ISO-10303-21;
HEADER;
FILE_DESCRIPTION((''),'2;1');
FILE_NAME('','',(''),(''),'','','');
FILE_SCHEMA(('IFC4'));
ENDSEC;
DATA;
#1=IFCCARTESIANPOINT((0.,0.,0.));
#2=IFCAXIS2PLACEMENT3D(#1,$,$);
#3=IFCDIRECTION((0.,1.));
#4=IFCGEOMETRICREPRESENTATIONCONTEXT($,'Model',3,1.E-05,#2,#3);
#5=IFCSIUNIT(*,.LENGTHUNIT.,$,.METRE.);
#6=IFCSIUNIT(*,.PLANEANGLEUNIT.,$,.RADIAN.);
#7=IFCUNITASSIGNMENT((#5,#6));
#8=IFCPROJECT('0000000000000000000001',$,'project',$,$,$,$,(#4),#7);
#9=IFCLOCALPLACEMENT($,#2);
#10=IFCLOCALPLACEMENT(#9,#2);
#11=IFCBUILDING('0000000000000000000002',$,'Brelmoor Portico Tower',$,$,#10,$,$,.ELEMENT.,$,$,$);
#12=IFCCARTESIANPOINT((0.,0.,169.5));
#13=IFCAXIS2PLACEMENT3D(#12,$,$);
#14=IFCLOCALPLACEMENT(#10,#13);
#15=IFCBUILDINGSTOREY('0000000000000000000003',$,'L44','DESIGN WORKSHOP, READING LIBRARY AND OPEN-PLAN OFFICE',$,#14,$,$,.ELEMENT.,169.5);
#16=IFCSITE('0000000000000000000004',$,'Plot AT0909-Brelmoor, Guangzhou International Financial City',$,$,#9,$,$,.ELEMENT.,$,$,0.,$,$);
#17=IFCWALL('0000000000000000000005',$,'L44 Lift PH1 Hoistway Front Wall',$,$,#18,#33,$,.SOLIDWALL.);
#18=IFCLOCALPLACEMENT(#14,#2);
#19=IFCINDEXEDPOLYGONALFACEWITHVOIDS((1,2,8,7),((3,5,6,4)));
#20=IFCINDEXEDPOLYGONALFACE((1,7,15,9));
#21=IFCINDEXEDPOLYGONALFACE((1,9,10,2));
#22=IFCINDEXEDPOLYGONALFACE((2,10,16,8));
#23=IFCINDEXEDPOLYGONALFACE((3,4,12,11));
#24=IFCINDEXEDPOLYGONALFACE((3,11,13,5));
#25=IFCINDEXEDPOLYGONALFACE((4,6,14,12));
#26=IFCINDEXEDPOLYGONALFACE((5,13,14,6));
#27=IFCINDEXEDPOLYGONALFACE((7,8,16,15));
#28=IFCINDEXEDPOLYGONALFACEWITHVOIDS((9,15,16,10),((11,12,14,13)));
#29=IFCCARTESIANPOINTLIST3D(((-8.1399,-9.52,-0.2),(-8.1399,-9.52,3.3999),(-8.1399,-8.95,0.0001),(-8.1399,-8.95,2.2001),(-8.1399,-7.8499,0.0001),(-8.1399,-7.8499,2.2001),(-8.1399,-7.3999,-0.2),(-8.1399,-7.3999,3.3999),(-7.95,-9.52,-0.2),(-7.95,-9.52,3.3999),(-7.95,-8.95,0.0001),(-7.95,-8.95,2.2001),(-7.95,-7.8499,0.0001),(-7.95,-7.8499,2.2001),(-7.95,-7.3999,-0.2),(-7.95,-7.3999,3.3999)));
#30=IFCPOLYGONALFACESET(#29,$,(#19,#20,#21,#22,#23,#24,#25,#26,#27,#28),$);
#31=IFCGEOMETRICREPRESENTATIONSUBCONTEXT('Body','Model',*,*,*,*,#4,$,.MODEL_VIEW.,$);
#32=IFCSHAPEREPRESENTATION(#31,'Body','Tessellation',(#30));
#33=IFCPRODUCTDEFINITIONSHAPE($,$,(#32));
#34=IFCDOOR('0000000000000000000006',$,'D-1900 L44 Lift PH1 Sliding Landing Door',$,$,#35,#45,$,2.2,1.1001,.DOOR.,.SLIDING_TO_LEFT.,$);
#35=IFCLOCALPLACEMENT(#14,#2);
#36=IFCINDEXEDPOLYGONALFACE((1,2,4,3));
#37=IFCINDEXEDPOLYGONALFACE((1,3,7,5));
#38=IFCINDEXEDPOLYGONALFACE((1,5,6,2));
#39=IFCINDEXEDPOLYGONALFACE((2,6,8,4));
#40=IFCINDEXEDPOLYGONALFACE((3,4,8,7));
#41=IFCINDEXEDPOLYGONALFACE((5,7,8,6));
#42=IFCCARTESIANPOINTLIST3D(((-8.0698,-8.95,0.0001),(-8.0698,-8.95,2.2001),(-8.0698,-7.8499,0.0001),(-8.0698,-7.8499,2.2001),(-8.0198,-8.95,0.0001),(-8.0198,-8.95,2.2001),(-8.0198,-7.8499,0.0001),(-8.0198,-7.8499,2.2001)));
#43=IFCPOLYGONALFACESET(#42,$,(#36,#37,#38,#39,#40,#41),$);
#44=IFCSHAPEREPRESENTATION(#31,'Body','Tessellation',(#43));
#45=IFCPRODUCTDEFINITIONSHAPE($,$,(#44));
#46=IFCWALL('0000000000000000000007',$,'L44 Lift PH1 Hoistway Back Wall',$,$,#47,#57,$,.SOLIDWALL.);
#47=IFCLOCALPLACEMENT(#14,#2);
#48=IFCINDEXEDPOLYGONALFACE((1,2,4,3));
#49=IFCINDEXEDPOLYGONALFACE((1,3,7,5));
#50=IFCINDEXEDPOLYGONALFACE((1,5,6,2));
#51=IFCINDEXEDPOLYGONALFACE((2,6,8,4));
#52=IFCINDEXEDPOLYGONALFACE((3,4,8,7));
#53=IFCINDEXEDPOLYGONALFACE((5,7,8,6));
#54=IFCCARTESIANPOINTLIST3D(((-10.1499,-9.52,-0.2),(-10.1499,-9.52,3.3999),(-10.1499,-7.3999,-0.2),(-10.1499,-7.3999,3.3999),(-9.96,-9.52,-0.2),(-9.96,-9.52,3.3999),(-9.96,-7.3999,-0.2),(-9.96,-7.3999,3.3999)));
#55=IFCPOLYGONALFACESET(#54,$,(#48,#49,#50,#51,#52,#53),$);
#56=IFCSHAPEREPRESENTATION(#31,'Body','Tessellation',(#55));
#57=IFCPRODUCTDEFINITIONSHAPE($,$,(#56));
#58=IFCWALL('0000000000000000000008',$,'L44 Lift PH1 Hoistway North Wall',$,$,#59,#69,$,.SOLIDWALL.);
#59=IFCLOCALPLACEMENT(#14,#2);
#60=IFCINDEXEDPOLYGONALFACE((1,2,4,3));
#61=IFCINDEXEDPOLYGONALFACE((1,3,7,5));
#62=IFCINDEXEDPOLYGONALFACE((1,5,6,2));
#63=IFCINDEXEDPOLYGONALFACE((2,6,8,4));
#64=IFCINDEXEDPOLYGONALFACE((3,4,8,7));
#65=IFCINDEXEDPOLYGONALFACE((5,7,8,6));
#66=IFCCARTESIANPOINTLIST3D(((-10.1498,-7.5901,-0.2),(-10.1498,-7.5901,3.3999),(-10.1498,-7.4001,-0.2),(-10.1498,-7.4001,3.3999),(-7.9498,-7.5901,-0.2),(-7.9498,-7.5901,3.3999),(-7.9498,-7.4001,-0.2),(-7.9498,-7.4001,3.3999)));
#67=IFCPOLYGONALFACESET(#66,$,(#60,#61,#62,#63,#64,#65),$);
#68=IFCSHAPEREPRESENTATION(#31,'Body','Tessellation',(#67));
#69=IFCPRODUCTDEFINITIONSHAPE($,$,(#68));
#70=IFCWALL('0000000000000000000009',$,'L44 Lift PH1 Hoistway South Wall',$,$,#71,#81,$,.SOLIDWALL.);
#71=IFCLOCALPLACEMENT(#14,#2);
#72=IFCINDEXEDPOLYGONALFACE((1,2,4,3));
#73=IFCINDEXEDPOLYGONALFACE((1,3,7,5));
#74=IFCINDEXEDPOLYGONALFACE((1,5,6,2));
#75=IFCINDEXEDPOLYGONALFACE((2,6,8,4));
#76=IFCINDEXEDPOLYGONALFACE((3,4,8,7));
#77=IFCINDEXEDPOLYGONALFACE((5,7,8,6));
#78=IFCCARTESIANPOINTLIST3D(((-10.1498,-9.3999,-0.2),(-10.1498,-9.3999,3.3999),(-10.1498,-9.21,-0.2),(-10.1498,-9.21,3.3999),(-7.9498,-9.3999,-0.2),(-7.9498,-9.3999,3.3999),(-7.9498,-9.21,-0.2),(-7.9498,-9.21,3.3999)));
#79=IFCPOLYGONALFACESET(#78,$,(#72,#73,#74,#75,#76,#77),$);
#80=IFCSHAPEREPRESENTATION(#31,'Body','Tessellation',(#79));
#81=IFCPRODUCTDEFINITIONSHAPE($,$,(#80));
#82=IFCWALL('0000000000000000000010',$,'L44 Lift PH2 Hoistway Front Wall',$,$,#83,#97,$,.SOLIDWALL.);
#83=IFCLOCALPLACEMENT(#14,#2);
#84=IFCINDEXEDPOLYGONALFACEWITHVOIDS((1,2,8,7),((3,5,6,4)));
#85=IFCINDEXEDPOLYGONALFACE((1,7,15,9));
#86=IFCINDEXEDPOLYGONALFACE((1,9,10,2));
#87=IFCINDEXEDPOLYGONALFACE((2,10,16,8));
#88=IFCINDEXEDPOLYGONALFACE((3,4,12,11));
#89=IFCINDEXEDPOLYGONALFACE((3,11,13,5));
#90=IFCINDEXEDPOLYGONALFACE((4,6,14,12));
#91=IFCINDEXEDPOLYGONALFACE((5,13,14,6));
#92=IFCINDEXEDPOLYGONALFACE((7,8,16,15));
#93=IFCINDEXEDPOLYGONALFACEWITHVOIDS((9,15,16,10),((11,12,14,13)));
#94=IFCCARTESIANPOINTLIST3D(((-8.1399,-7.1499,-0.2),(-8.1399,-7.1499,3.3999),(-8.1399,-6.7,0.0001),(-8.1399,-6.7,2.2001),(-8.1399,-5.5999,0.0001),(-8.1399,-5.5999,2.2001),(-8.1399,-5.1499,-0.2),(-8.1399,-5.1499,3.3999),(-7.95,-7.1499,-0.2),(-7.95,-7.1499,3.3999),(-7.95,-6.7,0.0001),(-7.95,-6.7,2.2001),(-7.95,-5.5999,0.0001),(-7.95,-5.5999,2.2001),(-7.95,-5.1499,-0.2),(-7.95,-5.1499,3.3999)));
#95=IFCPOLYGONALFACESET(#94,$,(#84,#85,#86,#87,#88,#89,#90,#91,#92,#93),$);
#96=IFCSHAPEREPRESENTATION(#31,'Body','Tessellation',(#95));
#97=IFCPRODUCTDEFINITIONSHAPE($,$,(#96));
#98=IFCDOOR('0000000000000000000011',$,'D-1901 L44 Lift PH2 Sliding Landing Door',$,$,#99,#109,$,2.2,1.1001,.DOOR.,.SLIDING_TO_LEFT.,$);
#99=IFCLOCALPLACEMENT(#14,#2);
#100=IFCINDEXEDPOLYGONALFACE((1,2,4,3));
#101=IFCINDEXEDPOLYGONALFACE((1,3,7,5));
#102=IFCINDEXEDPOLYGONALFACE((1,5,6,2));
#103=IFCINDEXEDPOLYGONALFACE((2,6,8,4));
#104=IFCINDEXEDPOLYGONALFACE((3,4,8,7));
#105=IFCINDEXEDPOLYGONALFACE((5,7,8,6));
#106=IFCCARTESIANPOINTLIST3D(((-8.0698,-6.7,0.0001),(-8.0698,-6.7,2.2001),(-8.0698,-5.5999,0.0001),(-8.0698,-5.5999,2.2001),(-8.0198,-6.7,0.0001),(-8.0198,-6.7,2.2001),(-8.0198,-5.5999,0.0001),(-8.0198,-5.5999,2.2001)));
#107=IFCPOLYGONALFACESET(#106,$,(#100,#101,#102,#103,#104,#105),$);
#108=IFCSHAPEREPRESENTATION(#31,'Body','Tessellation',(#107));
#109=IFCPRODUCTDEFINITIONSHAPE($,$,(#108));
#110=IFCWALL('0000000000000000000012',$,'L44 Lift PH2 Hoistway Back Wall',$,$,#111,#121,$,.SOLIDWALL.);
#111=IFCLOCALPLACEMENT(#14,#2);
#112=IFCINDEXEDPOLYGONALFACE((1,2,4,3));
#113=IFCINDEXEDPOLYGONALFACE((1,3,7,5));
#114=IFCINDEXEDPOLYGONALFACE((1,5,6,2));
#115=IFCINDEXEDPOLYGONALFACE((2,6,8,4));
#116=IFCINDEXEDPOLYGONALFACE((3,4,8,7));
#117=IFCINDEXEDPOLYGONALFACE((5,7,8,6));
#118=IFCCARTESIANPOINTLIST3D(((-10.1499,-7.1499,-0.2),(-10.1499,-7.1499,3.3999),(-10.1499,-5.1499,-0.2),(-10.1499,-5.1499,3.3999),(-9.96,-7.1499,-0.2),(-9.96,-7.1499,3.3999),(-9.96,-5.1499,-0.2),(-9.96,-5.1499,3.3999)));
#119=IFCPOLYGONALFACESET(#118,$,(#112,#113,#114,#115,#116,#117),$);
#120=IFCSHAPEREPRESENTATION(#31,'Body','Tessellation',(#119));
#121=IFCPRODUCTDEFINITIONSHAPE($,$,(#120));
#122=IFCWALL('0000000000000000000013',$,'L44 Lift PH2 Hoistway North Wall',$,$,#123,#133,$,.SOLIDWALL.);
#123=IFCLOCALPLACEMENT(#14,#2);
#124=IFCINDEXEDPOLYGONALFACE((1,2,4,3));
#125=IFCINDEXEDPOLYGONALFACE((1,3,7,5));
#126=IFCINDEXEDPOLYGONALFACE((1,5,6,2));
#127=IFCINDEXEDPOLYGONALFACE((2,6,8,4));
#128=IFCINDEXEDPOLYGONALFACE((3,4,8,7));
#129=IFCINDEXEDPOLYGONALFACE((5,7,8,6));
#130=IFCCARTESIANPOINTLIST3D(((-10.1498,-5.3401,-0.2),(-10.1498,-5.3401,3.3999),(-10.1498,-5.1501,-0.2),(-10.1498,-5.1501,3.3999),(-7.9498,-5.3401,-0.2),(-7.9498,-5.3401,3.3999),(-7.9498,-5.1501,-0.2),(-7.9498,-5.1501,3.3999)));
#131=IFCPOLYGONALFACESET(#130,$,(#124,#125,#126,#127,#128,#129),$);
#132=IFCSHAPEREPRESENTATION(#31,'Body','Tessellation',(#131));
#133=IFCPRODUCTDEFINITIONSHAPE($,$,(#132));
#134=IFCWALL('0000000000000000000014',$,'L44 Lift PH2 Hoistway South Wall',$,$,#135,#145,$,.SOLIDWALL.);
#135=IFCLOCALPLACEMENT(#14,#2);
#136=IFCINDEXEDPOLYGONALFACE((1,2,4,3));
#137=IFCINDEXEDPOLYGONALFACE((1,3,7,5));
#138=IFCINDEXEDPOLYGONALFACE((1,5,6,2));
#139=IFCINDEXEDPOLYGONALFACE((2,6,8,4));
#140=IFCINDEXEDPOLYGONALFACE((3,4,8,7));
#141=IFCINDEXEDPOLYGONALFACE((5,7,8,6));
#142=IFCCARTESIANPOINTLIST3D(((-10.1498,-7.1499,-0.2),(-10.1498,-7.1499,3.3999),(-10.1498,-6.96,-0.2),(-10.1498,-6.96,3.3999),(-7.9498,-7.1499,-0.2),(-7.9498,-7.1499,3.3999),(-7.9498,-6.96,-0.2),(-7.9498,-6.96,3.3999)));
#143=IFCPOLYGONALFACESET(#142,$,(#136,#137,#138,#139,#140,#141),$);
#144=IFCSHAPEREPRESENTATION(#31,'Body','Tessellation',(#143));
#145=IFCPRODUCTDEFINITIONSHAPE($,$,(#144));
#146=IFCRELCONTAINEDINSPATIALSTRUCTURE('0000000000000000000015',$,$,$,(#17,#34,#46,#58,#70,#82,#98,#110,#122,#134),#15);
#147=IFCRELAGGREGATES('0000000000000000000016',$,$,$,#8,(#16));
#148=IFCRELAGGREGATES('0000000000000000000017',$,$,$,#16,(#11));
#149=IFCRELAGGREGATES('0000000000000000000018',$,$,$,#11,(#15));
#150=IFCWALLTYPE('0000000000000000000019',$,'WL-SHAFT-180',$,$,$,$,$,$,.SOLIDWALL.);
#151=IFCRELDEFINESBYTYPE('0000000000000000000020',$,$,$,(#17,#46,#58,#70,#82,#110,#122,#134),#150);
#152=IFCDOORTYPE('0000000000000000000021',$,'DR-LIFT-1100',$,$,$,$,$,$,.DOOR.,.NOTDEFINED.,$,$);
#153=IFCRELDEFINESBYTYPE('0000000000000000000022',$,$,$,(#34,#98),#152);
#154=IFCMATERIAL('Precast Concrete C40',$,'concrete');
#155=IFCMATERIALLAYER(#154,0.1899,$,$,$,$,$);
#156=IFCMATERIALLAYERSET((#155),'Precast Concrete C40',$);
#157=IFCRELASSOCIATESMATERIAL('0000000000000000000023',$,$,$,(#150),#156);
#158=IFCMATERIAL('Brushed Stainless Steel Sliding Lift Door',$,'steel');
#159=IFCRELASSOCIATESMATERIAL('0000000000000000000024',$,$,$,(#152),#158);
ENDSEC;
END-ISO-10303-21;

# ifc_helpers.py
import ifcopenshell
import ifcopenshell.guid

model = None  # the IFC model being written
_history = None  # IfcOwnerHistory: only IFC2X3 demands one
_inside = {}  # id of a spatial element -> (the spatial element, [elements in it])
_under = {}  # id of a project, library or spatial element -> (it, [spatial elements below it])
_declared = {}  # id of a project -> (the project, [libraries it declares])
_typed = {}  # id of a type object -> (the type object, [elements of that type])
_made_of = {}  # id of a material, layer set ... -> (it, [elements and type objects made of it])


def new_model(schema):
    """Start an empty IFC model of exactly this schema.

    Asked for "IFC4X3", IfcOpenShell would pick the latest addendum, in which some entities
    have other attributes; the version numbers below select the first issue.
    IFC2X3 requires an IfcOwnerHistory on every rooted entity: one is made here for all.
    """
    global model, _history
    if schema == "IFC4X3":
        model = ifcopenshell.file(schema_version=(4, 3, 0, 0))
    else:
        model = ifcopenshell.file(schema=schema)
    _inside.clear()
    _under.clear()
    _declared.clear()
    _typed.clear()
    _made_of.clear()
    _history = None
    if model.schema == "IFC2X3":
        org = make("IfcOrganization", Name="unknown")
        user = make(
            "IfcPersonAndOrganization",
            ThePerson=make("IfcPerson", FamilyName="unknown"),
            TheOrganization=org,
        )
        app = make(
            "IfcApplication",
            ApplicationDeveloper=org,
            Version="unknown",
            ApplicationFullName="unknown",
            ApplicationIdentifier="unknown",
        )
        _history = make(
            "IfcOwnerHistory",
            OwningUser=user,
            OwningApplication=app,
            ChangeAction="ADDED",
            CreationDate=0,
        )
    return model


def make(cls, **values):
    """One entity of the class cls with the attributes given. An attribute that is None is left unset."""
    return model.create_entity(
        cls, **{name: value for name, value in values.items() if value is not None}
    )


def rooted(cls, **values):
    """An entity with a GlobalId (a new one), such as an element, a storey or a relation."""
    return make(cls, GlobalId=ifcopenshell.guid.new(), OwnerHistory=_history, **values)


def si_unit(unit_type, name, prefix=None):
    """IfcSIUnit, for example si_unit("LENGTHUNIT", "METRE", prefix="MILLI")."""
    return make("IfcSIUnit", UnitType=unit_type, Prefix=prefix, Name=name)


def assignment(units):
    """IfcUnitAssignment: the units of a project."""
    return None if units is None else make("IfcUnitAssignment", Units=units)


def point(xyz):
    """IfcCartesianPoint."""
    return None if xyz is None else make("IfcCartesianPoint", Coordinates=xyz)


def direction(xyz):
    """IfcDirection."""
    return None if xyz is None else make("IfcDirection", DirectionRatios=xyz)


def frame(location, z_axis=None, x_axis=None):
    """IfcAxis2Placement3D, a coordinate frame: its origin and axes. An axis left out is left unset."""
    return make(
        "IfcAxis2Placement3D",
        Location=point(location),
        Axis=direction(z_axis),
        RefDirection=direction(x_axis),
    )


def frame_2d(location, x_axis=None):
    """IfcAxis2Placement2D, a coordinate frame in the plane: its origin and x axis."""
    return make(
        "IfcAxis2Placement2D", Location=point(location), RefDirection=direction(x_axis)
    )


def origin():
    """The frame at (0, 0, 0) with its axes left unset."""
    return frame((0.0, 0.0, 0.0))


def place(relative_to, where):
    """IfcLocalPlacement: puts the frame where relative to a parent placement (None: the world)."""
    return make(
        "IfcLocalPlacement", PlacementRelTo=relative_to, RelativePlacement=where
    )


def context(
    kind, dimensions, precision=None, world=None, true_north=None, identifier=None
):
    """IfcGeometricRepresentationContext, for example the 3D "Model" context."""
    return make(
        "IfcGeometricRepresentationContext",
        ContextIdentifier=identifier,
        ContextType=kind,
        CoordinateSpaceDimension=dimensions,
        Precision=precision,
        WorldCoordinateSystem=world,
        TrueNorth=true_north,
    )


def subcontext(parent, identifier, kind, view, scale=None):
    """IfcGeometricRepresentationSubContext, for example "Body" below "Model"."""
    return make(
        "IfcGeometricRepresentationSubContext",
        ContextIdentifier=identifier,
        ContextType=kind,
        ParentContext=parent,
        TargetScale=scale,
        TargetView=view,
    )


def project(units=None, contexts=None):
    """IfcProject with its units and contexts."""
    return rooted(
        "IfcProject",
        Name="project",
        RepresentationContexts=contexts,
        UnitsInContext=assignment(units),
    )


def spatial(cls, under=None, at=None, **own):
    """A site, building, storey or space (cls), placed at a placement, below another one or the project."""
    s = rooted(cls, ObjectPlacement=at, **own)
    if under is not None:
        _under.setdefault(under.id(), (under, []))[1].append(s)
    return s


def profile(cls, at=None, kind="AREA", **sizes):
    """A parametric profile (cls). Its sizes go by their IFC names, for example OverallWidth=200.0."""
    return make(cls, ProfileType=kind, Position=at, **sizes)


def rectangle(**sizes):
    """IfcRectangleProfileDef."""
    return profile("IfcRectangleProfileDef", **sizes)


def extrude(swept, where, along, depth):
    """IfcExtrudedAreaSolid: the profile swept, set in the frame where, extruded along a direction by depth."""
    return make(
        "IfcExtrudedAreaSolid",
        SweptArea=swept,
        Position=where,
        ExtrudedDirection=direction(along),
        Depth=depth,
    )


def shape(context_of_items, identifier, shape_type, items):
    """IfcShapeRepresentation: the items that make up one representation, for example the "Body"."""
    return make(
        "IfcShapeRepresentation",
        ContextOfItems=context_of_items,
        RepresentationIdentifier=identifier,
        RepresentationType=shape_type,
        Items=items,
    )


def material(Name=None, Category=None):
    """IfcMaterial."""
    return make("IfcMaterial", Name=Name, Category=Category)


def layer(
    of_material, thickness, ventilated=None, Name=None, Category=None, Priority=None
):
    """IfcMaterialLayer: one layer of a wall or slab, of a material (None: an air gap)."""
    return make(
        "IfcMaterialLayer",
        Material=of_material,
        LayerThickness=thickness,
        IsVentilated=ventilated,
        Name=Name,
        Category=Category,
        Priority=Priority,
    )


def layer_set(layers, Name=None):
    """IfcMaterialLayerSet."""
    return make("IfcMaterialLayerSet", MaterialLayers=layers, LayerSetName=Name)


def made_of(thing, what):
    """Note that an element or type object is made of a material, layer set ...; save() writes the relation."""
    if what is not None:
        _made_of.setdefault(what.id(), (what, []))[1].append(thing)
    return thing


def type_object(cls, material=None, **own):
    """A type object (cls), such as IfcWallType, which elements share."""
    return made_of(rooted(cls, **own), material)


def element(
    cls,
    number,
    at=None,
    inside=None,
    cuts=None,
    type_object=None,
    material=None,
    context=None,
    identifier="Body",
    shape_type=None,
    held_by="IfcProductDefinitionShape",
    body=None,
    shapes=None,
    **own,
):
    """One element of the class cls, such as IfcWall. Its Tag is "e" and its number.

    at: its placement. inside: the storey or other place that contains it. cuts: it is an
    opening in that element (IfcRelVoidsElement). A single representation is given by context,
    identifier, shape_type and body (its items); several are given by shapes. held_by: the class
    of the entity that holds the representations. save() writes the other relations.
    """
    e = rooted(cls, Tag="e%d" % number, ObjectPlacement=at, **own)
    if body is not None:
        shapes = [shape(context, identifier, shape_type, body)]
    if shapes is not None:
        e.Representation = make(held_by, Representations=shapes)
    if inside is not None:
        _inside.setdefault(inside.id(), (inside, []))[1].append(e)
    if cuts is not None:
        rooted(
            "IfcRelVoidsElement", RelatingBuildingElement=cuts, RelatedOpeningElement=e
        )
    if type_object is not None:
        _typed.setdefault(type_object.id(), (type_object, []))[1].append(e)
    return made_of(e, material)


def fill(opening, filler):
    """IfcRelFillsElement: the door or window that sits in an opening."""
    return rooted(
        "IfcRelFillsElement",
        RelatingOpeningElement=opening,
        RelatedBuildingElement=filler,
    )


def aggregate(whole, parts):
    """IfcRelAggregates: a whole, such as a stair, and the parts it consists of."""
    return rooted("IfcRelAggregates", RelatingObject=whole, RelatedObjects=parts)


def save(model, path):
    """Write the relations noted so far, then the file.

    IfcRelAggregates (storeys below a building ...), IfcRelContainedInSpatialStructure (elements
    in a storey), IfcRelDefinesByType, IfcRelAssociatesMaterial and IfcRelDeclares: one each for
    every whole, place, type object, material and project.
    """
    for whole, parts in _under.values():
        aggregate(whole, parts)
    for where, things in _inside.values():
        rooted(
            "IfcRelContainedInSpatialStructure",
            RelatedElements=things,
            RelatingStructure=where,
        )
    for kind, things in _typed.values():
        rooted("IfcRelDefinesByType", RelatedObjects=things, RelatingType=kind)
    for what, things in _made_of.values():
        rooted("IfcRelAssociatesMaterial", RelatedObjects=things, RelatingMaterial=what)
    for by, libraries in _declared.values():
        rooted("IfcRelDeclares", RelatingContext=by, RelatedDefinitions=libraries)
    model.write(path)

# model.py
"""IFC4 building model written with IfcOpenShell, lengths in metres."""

from ifc_helpers import new_model, si_unit, direction, frame, frame_2d, origin, place, context, subcontext, project, spatial, rectangle, extrude, material, layer, layer_set, type_object, element, fill, save


model = new_model("IFC4")

# Units and contexts
model_context = context("Model", 3, precision=1e-05, world=origin(), true_north=direction((0.0, 1.0)))
body_context = subcontext(model_context, "Body", "Model", "MODEL_VIEW")
ifc_project = project(units=[si_unit("LENGTHUNIT", "METRE"), si_unit("PLANEANGLEUNIT", "RADIAN")], contexts=[model_context])

# Site, building, storey
site_placement = place(None, origin())
site = spatial("IfcSite", under=ifc_project, at=site_placement, Name="Plot AT0909-Brelmoor, Guangzhou International Financial City", CompositionType="ELEMENT", RefElevation=0.0)
building_placement = place(site_placement, origin())
building = spatial("IfcBuilding", under=site, at=building_placement, Name="Brelmoor Portico Tower", CompositionType="ELEMENT")
storey_placement = place(building_placement, frame((0.0, 0.0, 169.5)))
storey = spatial("IfcBuildingStorey", under=building, at=storey_placement, Name="L44", Description="DESIGN WORKSHOP, READING LIBRARY AND OPEN-PLAN OFFICE", CompositionType="ELEMENT", Elevation=169.5)

# Wall, opening, door
ifc_material_1 = material(Name="Precast Concrete C40", Category="concrete")
ifc_layer_1 = layer(ifc_material_1, 0.1899)
ifc_layer_set_1 = layer_set([ifc_layer_1], Name="Precast Concrete C40")
wall_type_1 = type_object("IfcWallType", Name="WL-SHAFT-180", PredefinedType="SOLIDWALL", material=ifc_layer_set_1)
wall_1_placement = place(storey_placement, frame((-8.0449, -9.52, -0.2), z_axis=(0.0, 0.0, 1.0), x_axis=(0.0, 1.0, 0.0)))
wall_1 = element("IfcWall", 1, at=wall_1_placement, inside=storey, type_object=wall_type_1, Name="L44 Lift PH1 Hoistway Front Wall", PredefinedType="SOLIDWALL", context=body_context, shape_type="SweptSolid", body=[
    extrude(rectangle(XDim=2.1201, YDim=0.1899, at=frame_2d((1.0601, 0.0))), origin(), (0.0, 0.0, 1.0), 3.5999),
])
opening_1_placement = place(wall_1_placement, frame((0.5701, 0.0, 0.2)))
opening_1 = element("IfcOpeningElement", 2, at=opening_1_placement, cuts=wall_1, PredefinedType="OPENING", context=body_context, shape_type="SweptSolid", body=[
    extrude(rectangle(XDim=1.1001, YDim=2.2, at=frame_2d((0.55, 1.1001))), frame((0.0, 0.105, 0.0), z_axis=(0.0, -1.0, 0.0), x_axis=(1.0, 0.0, 0.0)), (0.0, 0.0, 1.0), 0.21),
])
ifc_material_2 = material(Name="Brushed Stainless Steel Sliding Lift Door", Category="steel")
door_type_1 = type_object("IfcDoorType", Name="DR-LIFT-1100", OperationType="NOTDEFINED", PredefinedType="DOOR", material=ifc_material_2)
door_1_placement = place(opening_1_placement, origin())
door_1 = element("IfcDoor", 3, at=door_1_placement, inside=storey, type_object=door_type_1, Name="D-1900 L44 Lift PH1 Sliding Landing Door", OperationType="SLIDING_TO_LEFT", OverallHeight=2.2, OverallWidth=1.1001, PredefinedType="DOOR", context=body_context, shape_type="SweptSolid", body=[
    extrude(rectangle(XDim=1.1001, YDim=2.2, at=frame_2d((0.55, 1.1001))), frame((0.0, 0.0249, 0.0), z_axis=(0.0, -1.0, 0.0), x_axis=(1.0, 0.0, 0.0)), (0.0, 0.0, 1.0), 0.05),
])
fill(opening_1, door_1)

# Walls
wall_2_placement = place(storey_placement, frame((-10.0549, -9.52, -0.2), z_axis=(0.0, 0.0, 1.0), x_axis=(0.0, 1.0, 0.0)))
element("IfcWall", 4, at=wall_2_placement, inside=storey, type_object=wall_type_1, Name="L44 Lift PH1 Hoistway Back Wall", PredefinedType="SOLIDWALL", context=body_context, shape_type="SweptSolid", body=[
    extrude(rectangle(XDim=2.1201, YDim=0.1899, at=frame_2d((1.0601, 0.0))), origin(), (0.0, 0.0, 1.0), 3.5999),
])
for number, where, z_axis, x_axis, name in (
    (5, (-10.1499, -7.4951, -0.2), (0.0, 0.0, 1.0), (1.0, 0.0, 0.0), "L44 Lift PH1 Hoistway North Wall"),
    (6, (-10.1499, -9.3049, -0.2), (0.0, 0.0, 1.0), (1.0, 0.0, 0.0), "L44 Lift PH1 Hoistway South Wall"),
):
    element("IfcWall", number, at=place(storey_placement, frame(where, z_axis=z_axis, x_axis=x_axis)), inside=storey, type_object=wall_type_1, Name=name, PredefinedType="SOLIDWALL", context=body_context, shape_type="SweptSolid", body=[
        extrude(rectangle(XDim=2.2, YDim=0.1899, at=frame_2d((1.1001, 0.0))), origin(), (0.0, 0.0, 1.0), 3.5999),
    ])

# Wall, opening, door
wall_3_placement = place(storey_placement, frame((-8.0449, -7.1499, -0.2), z_axis=(0.0, 0.0, 1.0), x_axis=(0.0, 1.0, 0.0)))
wall_3 = element("IfcWall", 7, at=wall_3_placement, inside=storey, type_object=wall_type_1, Name="L44 Lift PH2 Hoistway Front Wall", PredefinedType="SOLIDWALL", context=body_context, shape_type="SweptSolid", body=[
    extrude(rectangle(XDim=2.0, YDim=0.1899, at=frame_2d((1.0, 0.0))), origin(), (0.0, 0.0, 1.0), 3.5999),
])
opening_2_placement = place(wall_3_placement, frame((0.45, 0.0, 0.2)))
opening_2 = element("IfcOpeningElement", 8, at=opening_2_placement, cuts=wall_3, PredefinedType="OPENING", context=body_context, shape_type="SweptSolid", body=[
    extrude(rectangle(XDim=1.1001, YDim=2.2, at=frame_2d((0.55, 1.1001))), frame((0.0, 0.105, 0.0), z_axis=(0.0, -1.0, 0.0), x_axis=(1.0, 0.0, 0.0)), (0.0, 0.0, 1.0), 0.21),
])
door_2_placement = place(opening_2_placement, origin())
door_2 = element("IfcDoor", 9, at=door_2_placement, inside=storey, type_object=door_type_1, Name="D-1901 L44 Lift PH2 Sliding Landing Door", OperationType="SLIDING_TO_LEFT", OverallHeight=2.2, OverallWidth=1.1001, PredefinedType="DOOR", context=body_context, shape_type="SweptSolid", body=[
    extrude(rectangle(XDim=1.1001, YDim=2.2, at=frame_2d((0.55, 1.1001))), frame((0.0, 0.0249, 0.0), z_axis=(0.0, -1.0, 0.0), x_axis=(1.0, 0.0, 0.0)), (0.0, 0.0, 1.0), 0.05),
])
fill(opening_2, door_2)

# Walls
wall_4_placement = place(storey_placement, frame((-10.0549, -7.1499, -0.2), z_axis=(0.0, 0.0, 1.0), x_axis=(0.0, 1.0, 0.0)))
element("IfcWall", 10, at=wall_4_placement, inside=storey, type_object=wall_type_1, Name="L44 Lift PH2 Hoistway Back Wall", PredefinedType="SOLIDWALL", context=body_context, shape_type="SweptSolid", body=[
    extrude(rectangle(XDim=2.0, YDim=0.1899, at=frame_2d((1.0, 0.0))), origin(), (0.0, 0.0, 1.0), 3.5999),
])
for number, where, z_axis, x_axis, name in (
    (11, (-10.1499, -5.2451, -0.2), (0.0, 0.0, 1.0), (1.0, 0.0, 0.0), "L44 Lift PH2 Hoistway North Wall"),
    (12, (-10.1499, -7.0549, -0.2), (0.0, 0.0, 1.0), (1.0, 0.0, 0.0), "L44 Lift PH2 Hoistway South Wall"),
):
    element("IfcWall", number, at=place(storey_placement, frame(where, z_axis=z_axis, x_axis=x_axis)), inside=storey, type_object=wall_type_1, Name=name, PredefinedType="SOLIDWALL", context=body_context, shape_type="SweptSolid", body=[
        extrude(rectangle(XDim=2.2, YDim=0.1899, at=frame_2d((1.1001, 0.0))), origin(), (0.0, 0.0, 1.0), 3.5999),
    ])

save(model, "model.ifc")
